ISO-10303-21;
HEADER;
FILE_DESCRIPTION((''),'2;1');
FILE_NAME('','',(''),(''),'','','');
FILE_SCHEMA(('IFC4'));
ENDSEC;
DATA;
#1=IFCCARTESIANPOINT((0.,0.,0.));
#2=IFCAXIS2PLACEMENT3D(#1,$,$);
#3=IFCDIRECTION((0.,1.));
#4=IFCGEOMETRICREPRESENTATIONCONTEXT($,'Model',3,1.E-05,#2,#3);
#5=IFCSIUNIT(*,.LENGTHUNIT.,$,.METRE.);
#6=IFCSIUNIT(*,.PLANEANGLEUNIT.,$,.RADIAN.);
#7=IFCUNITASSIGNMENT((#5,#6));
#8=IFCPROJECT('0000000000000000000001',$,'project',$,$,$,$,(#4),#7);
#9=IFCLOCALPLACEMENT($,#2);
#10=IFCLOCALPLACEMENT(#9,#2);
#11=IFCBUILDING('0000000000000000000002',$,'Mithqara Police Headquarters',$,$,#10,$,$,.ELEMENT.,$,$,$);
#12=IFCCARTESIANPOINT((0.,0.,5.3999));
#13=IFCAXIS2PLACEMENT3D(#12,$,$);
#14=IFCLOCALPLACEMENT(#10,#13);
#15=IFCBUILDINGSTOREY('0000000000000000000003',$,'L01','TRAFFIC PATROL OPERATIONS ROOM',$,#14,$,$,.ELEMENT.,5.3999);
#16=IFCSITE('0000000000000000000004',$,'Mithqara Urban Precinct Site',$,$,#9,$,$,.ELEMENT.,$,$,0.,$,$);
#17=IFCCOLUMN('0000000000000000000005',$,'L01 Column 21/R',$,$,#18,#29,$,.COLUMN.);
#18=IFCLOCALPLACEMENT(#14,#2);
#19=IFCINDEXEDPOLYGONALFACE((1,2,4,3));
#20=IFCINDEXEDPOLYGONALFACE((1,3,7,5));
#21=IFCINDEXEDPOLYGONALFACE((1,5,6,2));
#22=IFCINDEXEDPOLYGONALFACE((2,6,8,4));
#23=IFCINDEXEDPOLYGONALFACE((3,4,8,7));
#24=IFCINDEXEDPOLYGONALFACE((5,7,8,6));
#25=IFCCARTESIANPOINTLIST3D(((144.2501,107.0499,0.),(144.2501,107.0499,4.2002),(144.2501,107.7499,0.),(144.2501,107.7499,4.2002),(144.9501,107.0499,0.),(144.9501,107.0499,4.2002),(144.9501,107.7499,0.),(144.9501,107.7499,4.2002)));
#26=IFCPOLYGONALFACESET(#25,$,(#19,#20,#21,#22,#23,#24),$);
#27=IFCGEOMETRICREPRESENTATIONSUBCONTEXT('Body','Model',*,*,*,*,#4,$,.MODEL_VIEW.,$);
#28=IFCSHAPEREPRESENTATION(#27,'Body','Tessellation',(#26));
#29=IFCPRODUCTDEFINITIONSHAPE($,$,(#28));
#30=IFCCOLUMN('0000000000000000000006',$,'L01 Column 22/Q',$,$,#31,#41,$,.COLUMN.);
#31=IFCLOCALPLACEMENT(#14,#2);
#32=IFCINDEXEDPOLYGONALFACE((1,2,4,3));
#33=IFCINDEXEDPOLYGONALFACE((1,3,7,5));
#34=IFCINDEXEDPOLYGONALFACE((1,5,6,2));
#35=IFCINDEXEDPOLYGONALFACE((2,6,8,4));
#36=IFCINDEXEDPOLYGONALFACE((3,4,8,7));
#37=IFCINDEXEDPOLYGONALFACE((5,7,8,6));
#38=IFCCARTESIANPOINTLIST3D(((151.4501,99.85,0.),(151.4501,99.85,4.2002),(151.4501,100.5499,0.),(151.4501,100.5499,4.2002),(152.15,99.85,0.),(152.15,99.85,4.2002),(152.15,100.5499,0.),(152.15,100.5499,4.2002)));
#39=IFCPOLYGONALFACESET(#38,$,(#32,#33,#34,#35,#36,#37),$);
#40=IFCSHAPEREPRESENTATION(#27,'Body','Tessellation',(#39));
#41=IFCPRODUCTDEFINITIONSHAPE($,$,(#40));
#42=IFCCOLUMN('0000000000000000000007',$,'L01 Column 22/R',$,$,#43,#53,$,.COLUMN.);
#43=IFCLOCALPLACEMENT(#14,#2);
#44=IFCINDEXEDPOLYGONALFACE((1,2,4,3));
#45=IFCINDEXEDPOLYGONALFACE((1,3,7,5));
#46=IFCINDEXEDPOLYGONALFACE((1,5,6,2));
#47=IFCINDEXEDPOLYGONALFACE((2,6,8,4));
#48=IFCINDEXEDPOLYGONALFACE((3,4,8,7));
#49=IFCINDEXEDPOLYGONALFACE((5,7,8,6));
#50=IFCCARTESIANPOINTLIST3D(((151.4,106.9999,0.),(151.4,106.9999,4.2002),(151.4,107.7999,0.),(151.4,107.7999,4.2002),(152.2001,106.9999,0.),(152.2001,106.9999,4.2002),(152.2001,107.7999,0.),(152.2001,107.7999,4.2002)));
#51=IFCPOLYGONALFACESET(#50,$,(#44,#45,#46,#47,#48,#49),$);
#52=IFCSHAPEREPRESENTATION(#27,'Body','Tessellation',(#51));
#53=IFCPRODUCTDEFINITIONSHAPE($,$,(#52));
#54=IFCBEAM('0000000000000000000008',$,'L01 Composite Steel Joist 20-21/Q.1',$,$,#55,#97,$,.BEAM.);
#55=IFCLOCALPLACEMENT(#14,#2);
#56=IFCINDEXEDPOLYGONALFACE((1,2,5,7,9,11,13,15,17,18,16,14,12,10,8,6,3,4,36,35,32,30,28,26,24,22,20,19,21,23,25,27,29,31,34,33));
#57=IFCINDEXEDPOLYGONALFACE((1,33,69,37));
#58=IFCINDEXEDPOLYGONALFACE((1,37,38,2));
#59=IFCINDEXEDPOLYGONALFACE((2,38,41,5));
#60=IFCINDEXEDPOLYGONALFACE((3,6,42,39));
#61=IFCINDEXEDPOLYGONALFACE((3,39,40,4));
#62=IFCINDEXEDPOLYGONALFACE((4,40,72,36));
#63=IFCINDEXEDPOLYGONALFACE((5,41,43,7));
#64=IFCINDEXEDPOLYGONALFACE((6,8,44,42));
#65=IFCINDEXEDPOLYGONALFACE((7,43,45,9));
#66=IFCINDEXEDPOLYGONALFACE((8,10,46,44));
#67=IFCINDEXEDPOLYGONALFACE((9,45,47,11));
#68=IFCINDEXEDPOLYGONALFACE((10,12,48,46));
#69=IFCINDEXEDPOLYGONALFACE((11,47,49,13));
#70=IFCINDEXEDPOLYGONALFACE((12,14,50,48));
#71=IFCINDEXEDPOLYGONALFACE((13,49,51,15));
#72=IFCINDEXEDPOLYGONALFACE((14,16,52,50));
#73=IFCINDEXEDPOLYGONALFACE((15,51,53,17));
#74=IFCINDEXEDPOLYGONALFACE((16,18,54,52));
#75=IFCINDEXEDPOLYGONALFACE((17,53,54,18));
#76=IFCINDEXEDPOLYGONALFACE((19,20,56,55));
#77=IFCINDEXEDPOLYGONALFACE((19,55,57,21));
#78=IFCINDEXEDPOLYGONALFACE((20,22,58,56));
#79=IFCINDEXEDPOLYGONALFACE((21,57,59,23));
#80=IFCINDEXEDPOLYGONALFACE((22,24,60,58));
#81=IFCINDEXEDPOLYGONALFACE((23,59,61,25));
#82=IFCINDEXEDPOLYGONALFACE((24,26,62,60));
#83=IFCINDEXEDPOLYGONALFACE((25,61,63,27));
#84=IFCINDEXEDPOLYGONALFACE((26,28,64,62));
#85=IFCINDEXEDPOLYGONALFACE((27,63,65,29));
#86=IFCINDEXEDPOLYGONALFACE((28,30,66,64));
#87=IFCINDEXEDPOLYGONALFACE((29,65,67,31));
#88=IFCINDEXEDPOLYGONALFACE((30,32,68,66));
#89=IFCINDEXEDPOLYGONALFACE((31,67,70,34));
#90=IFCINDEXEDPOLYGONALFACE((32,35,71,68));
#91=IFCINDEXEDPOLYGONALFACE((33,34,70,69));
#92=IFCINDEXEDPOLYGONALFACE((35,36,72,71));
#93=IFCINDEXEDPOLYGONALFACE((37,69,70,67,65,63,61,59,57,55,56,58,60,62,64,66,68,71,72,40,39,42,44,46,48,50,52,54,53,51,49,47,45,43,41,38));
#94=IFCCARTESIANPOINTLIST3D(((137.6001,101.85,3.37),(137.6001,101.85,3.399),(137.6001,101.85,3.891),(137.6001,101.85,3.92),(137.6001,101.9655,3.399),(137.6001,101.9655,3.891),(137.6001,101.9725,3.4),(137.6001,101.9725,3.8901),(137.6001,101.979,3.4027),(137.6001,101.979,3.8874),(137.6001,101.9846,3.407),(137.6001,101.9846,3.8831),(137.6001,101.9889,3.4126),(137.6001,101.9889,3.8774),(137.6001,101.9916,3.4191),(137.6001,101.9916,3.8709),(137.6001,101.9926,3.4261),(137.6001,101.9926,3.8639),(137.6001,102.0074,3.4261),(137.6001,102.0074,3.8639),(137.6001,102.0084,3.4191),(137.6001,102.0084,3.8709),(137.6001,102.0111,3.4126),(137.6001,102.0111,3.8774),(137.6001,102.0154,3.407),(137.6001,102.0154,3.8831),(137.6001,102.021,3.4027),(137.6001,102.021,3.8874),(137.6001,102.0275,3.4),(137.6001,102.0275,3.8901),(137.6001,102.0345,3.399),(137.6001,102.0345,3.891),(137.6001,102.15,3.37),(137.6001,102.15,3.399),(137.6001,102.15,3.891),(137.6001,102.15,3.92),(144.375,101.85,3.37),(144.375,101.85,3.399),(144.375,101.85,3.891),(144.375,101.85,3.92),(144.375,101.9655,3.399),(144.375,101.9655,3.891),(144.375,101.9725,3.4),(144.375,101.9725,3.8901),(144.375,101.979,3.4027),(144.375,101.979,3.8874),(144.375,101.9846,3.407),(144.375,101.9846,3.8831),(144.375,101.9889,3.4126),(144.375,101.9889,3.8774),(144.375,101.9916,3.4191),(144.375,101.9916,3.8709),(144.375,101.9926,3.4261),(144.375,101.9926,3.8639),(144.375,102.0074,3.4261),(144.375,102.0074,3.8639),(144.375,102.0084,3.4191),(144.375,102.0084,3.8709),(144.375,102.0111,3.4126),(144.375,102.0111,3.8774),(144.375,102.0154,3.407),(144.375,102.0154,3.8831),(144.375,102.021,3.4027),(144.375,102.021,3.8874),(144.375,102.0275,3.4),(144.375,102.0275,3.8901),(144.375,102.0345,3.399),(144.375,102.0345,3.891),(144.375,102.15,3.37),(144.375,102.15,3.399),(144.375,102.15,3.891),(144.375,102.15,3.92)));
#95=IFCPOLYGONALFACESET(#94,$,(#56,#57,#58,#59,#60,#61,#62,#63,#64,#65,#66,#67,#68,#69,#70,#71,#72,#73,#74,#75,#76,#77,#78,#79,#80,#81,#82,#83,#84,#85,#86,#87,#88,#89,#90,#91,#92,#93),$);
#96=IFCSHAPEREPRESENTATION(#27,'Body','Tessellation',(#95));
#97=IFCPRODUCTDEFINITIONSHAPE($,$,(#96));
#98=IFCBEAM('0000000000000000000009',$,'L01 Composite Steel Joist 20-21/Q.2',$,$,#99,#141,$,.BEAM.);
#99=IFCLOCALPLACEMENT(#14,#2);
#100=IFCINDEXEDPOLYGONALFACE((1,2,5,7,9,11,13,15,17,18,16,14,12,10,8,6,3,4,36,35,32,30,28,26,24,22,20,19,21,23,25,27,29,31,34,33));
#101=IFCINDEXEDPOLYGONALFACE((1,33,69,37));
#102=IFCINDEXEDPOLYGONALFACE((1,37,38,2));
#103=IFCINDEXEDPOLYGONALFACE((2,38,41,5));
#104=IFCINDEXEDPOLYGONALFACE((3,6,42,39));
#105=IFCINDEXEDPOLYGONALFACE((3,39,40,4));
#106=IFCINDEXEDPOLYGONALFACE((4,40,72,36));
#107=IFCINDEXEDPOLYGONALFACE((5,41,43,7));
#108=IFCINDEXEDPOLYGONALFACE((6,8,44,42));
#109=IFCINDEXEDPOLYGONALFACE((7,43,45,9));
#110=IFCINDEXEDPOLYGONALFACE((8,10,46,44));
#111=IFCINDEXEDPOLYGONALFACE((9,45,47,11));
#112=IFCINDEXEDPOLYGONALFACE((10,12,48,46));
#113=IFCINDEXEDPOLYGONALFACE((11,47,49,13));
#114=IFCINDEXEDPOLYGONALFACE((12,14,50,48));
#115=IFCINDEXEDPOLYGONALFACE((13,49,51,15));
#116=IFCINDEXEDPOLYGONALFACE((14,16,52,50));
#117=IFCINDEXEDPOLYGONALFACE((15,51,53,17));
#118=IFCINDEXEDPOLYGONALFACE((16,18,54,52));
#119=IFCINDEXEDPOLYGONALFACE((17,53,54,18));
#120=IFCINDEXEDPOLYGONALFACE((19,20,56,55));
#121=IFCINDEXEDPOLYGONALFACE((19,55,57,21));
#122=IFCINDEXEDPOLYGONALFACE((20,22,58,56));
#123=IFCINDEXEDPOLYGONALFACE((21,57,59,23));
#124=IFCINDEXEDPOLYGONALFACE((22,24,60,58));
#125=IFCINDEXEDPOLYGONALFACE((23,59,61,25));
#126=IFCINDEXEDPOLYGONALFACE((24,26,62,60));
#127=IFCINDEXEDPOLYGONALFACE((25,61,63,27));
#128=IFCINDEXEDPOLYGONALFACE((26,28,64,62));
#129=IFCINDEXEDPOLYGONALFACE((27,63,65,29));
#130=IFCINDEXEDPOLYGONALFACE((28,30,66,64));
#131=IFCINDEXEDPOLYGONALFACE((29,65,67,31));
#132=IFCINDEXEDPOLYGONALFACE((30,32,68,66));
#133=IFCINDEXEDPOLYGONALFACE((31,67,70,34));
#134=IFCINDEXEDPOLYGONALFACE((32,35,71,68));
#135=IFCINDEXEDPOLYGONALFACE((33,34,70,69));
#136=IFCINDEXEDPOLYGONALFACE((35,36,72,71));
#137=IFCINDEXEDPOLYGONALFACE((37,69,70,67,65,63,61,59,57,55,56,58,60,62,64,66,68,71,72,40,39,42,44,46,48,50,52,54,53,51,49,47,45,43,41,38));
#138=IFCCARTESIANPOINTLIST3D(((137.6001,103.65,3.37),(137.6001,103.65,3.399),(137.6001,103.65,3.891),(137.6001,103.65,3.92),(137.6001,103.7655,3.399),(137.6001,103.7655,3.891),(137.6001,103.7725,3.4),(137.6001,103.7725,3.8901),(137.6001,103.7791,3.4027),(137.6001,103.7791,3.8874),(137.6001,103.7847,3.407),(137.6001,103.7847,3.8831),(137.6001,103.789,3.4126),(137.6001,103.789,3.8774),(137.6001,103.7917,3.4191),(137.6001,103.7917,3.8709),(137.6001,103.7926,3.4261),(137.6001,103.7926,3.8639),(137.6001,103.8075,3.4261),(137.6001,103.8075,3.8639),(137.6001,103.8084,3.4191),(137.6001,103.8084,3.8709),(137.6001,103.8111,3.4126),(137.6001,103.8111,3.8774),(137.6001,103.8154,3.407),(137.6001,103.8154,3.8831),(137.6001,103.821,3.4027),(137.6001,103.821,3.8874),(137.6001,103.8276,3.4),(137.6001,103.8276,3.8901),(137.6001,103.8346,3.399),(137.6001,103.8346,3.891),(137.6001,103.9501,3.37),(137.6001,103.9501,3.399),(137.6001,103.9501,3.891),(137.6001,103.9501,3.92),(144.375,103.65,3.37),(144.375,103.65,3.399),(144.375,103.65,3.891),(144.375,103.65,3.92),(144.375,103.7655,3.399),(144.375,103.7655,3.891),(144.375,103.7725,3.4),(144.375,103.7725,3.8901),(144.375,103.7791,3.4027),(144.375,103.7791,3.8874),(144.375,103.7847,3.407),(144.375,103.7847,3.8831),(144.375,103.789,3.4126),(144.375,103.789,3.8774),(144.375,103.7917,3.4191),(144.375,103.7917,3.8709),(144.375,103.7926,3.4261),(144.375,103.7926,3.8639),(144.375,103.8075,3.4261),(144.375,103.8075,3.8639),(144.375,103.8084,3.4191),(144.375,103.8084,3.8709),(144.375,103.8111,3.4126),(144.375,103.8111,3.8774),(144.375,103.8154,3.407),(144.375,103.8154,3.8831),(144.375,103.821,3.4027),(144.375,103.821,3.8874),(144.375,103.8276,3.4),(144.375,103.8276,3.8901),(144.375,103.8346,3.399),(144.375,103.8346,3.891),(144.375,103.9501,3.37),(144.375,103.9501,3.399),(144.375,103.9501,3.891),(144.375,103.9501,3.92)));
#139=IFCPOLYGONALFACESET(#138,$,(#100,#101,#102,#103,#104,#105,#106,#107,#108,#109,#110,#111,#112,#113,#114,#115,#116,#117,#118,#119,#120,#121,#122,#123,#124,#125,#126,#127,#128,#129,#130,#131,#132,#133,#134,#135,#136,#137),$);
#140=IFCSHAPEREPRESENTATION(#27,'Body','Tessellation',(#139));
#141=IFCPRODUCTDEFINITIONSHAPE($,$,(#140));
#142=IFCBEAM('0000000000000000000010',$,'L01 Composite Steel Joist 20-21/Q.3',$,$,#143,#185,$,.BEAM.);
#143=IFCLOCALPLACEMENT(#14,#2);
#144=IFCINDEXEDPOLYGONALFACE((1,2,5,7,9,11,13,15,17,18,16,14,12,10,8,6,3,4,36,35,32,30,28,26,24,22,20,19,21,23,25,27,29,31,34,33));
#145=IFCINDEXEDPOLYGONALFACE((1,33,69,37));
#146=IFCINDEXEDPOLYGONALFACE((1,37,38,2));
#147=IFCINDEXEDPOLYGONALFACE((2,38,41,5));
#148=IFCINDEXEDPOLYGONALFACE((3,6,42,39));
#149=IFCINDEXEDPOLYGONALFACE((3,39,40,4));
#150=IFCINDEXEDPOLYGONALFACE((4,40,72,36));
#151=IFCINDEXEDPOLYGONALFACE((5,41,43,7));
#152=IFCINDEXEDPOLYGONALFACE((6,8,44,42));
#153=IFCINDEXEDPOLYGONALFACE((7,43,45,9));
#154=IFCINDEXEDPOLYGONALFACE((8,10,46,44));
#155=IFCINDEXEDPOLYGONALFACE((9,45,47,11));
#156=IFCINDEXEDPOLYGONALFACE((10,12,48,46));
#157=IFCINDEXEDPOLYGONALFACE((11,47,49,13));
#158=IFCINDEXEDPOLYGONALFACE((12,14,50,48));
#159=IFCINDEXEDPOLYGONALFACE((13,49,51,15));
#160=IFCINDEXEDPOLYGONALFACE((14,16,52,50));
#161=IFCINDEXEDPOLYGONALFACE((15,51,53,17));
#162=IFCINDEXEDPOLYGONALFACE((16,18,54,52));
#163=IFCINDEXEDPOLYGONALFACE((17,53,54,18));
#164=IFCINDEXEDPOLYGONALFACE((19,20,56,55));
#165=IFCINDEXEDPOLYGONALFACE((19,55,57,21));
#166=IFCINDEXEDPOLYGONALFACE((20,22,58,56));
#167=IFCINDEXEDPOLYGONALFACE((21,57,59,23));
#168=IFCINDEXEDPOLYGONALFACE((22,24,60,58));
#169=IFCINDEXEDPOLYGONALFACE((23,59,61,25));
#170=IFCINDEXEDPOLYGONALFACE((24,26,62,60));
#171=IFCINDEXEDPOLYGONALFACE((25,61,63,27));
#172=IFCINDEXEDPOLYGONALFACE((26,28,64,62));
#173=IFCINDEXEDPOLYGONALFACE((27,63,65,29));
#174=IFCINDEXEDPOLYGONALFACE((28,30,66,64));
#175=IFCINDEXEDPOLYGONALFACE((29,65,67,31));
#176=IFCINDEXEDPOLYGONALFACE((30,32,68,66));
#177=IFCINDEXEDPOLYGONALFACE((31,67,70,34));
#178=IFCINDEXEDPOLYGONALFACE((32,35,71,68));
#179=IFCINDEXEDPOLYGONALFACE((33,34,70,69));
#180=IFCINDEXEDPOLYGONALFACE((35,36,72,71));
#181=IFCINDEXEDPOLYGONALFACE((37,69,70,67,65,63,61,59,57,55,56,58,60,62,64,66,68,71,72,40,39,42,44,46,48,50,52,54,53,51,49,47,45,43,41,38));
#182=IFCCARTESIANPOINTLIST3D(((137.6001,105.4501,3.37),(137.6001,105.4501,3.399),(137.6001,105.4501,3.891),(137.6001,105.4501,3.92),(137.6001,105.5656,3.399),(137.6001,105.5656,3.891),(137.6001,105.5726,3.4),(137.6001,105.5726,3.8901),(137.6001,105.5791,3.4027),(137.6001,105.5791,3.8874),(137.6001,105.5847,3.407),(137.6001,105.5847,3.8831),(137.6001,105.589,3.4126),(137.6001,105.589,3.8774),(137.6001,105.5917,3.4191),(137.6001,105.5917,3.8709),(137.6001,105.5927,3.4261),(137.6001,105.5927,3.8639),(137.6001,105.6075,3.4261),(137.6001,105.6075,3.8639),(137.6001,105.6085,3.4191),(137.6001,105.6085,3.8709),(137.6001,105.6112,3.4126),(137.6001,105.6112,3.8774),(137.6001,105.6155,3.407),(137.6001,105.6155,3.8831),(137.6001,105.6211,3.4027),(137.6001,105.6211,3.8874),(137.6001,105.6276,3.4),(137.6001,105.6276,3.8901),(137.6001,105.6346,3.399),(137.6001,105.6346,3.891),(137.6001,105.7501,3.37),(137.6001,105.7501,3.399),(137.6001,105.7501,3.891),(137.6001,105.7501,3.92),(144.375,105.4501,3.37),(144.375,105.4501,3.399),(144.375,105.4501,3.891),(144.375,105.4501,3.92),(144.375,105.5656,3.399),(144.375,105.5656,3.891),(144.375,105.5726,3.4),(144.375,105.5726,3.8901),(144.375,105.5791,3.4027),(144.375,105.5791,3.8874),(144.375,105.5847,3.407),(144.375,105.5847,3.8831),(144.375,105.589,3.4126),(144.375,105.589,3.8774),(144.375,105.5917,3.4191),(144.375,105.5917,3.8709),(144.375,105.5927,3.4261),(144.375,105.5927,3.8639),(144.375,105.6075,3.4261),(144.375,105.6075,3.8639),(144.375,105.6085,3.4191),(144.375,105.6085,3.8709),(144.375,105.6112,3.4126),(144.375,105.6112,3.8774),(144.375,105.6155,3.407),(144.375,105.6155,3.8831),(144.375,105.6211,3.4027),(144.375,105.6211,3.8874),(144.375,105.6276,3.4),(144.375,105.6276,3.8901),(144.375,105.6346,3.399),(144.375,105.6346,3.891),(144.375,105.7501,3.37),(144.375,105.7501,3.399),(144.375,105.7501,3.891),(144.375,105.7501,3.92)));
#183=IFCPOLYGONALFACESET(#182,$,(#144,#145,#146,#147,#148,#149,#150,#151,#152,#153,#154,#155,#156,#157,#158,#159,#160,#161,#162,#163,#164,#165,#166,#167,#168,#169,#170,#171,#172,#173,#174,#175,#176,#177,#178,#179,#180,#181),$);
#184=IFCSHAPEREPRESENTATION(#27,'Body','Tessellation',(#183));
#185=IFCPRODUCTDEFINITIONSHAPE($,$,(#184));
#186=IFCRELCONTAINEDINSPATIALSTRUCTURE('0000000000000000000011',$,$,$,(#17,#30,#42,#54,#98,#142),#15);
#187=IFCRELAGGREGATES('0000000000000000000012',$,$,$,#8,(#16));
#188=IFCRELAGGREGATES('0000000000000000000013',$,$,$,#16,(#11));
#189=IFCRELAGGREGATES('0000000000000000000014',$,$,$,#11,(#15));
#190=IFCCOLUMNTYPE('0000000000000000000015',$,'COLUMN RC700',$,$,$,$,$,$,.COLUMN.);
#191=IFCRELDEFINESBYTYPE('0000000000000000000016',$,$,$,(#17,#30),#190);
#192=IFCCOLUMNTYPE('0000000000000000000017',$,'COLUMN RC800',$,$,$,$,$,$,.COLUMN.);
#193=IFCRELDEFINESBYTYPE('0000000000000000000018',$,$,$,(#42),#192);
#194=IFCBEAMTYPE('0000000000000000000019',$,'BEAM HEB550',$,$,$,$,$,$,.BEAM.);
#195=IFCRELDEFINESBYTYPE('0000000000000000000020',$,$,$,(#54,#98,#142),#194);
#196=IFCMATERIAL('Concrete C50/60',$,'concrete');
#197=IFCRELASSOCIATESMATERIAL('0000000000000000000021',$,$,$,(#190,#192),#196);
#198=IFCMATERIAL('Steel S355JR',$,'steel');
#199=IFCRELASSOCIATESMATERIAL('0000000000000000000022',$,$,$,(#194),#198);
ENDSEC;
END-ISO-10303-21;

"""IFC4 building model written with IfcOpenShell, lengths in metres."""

from ifc_helpers import new_model, si_unit, direction, frame, origin, origin_2d, place, context, subcontext, project, spatial, rectangle, i_section, extrude, material, material_profile, profile_set, type_object, element, save


model = new_model("IFC4")

# Units and contexts
model_context = context("Model", 3, precision=1e-05, world=origin(), true_north=direction((0.0, 1.0)))
body_context = subcontext(model_context, "Body", "Model", "MODEL_VIEW")
ifc_project = project(units=[si_unit("LENGTHUNIT", "METRE"), si_unit("PLANEANGLEUNIT", "RADIAN")], contexts=[model_context])

# Site, building, storey
site_placement = place(None, origin())
site = spatial("IfcSite", under=ifc_project, at=site_placement, Name="Mithqara Urban Precinct Site", CompositionType="ELEMENT", RefElevation=0.0)
building_placement = place(site_placement, origin())
building = spatial("IfcBuilding", under=site, at=building_placement, Name="Mithqara Police Headquarters", CompositionType="ELEMENT")
storey_placement = place(building_placement, frame((0.0, 0.0, 5.3999)))
storey = spatial("IfcBuildingStorey", under=building, at=storey_placement, Name="L01", Description="TRAFFIC PATROL OPERATIONS ROOM", CompositionType="ELEMENT", Elevation=5.3999)

# Columns
ifc_material_1 = material(Name="Concrete C50/60", Category="concrete")
ifc_material_profile_1 = material_profile(ifc_material_1, rectangle(XDim=0.7, YDim=0.7, at=origin_2d()), Name="RC 700x700")
ifc_profile_set_1 = profile_set([ifc_material_profile_1], Name="Concrete C50/60")
column_type_1 = type_object("IfcColumnType", Name="COLUMN RC700", PredefinedType="COLUMN", material=ifc_profile_set_1)
for number, where, z_axis, x_axis, name in (
    (1, (144.6001, 107.3999, 0.0), (0.0, 0.0, 1.0), (1.0, 0.0, 0.0), "L01 Column 21/R"),
    (2, (151.8, 100.2, 0.0), (0.0, 0.0, 1.0), (1.0, 0.0, 0.0), "L01 Column 22/Q"),
):
    element("IfcColumn", number, at=place(storey_placement, frame(where, z_axis=z_axis, x_axis=x_axis)), inside=storey, type_object=column_type_1, Name=name, PredefinedType="COLUMN", context=body_context, shape_type="SweptSolid", body=[
        extrude(rectangle(XDim=0.7, YDim=0.7, at=origin_2d()), origin(), (0.0, 0.0, 1.0), 4.2002),
    ])
ifc_material_profile_2 = material_profile(ifc_material_1, rectangle(XDim=0.8, YDim=0.8, at=origin_2d()), Name="RC 800x800")
ifc_profile_set_2 = profile_set([ifc_material_profile_2], Name="Concrete C50/60")
column_type_2 = type_object("IfcColumnType", Name="COLUMN RC800", PredefinedType="COLUMN", material=ifc_profile_set_2)
column_placement = place(storey_placement, frame((151.8, 107.3999, 0.0), z_axis=(0.0, 0.0, 1.0), x_axis=(1.0, 0.0, 0.0)))
element("IfcColumn", 3, at=column_placement, inside=storey, type_object=column_type_2, Name="L01 Column 22/R", PredefinedType="COLUMN", context=body_context, shape_type="SweptSolid", body=[
    extrude(rectangle(XDim=0.8, YDim=0.8, at=origin_2d()), origin(), (0.0, 0.0, 1.0), 4.2002),
])

# Beams
ifc_material_2 = material(Name="Steel S355JR", Category="steel")
ifc_material_profile_3 = material_profile(ifc_material_2, i_section(OverallWidth=0.3, OverallDepth=0.55, WebThickness=0.0149, FlangeThickness=0.0291, FilletRadius=0.0271, at=origin_2d()), Name="HEB 550")
ifc_profile_set_3 = profile_set([ifc_material_profile_3], Name="Steel S355JR")
beam_type_1 = type_object("IfcBeamType", Name="BEAM HEB550", PredefinedType="BEAM", material=ifc_profile_set_3)
for number, where, z_axis, x_axis, name in (
    (4, (137.6001, 102.0, 3.645), (1.0, 0.0, 0.0), (0.0, 1.0, 0.0), "L01 Composite Steel Joist 20-21/Q.1"),
    (5, (137.6001, 103.8, 3.645), (1.0, 0.0, 0.0), (0.0, 1.0, 0.0), "L01 Composite Steel Joist 20-21/Q.2"),
    (6, (137.6001, 105.6001, 3.645), (1.0, 0.0, 0.0), (0.0, 1.0, 0.0), "L01 Composite Steel Joist 20-21/Q.3"),
):
    element("IfcBeam", number, at=place(storey_placement, frame(where, z_axis=z_axis, x_axis=x_axis)), inside=storey, type_object=beam_type_1, Name=name, PredefinedType="BEAM", context=body_context, shape_type="SweptSolid", body=[
        extrude(i_section(OverallWidth=0.3, OverallDepth=0.55, WebThickness=0.0149, FlangeThickness=0.0291, FilletRadius=0.0271, at=origin_2d()), origin(), (0.0, 0.0, 1.0), 6.7749),
    ])

save(model, "model.ifc")
